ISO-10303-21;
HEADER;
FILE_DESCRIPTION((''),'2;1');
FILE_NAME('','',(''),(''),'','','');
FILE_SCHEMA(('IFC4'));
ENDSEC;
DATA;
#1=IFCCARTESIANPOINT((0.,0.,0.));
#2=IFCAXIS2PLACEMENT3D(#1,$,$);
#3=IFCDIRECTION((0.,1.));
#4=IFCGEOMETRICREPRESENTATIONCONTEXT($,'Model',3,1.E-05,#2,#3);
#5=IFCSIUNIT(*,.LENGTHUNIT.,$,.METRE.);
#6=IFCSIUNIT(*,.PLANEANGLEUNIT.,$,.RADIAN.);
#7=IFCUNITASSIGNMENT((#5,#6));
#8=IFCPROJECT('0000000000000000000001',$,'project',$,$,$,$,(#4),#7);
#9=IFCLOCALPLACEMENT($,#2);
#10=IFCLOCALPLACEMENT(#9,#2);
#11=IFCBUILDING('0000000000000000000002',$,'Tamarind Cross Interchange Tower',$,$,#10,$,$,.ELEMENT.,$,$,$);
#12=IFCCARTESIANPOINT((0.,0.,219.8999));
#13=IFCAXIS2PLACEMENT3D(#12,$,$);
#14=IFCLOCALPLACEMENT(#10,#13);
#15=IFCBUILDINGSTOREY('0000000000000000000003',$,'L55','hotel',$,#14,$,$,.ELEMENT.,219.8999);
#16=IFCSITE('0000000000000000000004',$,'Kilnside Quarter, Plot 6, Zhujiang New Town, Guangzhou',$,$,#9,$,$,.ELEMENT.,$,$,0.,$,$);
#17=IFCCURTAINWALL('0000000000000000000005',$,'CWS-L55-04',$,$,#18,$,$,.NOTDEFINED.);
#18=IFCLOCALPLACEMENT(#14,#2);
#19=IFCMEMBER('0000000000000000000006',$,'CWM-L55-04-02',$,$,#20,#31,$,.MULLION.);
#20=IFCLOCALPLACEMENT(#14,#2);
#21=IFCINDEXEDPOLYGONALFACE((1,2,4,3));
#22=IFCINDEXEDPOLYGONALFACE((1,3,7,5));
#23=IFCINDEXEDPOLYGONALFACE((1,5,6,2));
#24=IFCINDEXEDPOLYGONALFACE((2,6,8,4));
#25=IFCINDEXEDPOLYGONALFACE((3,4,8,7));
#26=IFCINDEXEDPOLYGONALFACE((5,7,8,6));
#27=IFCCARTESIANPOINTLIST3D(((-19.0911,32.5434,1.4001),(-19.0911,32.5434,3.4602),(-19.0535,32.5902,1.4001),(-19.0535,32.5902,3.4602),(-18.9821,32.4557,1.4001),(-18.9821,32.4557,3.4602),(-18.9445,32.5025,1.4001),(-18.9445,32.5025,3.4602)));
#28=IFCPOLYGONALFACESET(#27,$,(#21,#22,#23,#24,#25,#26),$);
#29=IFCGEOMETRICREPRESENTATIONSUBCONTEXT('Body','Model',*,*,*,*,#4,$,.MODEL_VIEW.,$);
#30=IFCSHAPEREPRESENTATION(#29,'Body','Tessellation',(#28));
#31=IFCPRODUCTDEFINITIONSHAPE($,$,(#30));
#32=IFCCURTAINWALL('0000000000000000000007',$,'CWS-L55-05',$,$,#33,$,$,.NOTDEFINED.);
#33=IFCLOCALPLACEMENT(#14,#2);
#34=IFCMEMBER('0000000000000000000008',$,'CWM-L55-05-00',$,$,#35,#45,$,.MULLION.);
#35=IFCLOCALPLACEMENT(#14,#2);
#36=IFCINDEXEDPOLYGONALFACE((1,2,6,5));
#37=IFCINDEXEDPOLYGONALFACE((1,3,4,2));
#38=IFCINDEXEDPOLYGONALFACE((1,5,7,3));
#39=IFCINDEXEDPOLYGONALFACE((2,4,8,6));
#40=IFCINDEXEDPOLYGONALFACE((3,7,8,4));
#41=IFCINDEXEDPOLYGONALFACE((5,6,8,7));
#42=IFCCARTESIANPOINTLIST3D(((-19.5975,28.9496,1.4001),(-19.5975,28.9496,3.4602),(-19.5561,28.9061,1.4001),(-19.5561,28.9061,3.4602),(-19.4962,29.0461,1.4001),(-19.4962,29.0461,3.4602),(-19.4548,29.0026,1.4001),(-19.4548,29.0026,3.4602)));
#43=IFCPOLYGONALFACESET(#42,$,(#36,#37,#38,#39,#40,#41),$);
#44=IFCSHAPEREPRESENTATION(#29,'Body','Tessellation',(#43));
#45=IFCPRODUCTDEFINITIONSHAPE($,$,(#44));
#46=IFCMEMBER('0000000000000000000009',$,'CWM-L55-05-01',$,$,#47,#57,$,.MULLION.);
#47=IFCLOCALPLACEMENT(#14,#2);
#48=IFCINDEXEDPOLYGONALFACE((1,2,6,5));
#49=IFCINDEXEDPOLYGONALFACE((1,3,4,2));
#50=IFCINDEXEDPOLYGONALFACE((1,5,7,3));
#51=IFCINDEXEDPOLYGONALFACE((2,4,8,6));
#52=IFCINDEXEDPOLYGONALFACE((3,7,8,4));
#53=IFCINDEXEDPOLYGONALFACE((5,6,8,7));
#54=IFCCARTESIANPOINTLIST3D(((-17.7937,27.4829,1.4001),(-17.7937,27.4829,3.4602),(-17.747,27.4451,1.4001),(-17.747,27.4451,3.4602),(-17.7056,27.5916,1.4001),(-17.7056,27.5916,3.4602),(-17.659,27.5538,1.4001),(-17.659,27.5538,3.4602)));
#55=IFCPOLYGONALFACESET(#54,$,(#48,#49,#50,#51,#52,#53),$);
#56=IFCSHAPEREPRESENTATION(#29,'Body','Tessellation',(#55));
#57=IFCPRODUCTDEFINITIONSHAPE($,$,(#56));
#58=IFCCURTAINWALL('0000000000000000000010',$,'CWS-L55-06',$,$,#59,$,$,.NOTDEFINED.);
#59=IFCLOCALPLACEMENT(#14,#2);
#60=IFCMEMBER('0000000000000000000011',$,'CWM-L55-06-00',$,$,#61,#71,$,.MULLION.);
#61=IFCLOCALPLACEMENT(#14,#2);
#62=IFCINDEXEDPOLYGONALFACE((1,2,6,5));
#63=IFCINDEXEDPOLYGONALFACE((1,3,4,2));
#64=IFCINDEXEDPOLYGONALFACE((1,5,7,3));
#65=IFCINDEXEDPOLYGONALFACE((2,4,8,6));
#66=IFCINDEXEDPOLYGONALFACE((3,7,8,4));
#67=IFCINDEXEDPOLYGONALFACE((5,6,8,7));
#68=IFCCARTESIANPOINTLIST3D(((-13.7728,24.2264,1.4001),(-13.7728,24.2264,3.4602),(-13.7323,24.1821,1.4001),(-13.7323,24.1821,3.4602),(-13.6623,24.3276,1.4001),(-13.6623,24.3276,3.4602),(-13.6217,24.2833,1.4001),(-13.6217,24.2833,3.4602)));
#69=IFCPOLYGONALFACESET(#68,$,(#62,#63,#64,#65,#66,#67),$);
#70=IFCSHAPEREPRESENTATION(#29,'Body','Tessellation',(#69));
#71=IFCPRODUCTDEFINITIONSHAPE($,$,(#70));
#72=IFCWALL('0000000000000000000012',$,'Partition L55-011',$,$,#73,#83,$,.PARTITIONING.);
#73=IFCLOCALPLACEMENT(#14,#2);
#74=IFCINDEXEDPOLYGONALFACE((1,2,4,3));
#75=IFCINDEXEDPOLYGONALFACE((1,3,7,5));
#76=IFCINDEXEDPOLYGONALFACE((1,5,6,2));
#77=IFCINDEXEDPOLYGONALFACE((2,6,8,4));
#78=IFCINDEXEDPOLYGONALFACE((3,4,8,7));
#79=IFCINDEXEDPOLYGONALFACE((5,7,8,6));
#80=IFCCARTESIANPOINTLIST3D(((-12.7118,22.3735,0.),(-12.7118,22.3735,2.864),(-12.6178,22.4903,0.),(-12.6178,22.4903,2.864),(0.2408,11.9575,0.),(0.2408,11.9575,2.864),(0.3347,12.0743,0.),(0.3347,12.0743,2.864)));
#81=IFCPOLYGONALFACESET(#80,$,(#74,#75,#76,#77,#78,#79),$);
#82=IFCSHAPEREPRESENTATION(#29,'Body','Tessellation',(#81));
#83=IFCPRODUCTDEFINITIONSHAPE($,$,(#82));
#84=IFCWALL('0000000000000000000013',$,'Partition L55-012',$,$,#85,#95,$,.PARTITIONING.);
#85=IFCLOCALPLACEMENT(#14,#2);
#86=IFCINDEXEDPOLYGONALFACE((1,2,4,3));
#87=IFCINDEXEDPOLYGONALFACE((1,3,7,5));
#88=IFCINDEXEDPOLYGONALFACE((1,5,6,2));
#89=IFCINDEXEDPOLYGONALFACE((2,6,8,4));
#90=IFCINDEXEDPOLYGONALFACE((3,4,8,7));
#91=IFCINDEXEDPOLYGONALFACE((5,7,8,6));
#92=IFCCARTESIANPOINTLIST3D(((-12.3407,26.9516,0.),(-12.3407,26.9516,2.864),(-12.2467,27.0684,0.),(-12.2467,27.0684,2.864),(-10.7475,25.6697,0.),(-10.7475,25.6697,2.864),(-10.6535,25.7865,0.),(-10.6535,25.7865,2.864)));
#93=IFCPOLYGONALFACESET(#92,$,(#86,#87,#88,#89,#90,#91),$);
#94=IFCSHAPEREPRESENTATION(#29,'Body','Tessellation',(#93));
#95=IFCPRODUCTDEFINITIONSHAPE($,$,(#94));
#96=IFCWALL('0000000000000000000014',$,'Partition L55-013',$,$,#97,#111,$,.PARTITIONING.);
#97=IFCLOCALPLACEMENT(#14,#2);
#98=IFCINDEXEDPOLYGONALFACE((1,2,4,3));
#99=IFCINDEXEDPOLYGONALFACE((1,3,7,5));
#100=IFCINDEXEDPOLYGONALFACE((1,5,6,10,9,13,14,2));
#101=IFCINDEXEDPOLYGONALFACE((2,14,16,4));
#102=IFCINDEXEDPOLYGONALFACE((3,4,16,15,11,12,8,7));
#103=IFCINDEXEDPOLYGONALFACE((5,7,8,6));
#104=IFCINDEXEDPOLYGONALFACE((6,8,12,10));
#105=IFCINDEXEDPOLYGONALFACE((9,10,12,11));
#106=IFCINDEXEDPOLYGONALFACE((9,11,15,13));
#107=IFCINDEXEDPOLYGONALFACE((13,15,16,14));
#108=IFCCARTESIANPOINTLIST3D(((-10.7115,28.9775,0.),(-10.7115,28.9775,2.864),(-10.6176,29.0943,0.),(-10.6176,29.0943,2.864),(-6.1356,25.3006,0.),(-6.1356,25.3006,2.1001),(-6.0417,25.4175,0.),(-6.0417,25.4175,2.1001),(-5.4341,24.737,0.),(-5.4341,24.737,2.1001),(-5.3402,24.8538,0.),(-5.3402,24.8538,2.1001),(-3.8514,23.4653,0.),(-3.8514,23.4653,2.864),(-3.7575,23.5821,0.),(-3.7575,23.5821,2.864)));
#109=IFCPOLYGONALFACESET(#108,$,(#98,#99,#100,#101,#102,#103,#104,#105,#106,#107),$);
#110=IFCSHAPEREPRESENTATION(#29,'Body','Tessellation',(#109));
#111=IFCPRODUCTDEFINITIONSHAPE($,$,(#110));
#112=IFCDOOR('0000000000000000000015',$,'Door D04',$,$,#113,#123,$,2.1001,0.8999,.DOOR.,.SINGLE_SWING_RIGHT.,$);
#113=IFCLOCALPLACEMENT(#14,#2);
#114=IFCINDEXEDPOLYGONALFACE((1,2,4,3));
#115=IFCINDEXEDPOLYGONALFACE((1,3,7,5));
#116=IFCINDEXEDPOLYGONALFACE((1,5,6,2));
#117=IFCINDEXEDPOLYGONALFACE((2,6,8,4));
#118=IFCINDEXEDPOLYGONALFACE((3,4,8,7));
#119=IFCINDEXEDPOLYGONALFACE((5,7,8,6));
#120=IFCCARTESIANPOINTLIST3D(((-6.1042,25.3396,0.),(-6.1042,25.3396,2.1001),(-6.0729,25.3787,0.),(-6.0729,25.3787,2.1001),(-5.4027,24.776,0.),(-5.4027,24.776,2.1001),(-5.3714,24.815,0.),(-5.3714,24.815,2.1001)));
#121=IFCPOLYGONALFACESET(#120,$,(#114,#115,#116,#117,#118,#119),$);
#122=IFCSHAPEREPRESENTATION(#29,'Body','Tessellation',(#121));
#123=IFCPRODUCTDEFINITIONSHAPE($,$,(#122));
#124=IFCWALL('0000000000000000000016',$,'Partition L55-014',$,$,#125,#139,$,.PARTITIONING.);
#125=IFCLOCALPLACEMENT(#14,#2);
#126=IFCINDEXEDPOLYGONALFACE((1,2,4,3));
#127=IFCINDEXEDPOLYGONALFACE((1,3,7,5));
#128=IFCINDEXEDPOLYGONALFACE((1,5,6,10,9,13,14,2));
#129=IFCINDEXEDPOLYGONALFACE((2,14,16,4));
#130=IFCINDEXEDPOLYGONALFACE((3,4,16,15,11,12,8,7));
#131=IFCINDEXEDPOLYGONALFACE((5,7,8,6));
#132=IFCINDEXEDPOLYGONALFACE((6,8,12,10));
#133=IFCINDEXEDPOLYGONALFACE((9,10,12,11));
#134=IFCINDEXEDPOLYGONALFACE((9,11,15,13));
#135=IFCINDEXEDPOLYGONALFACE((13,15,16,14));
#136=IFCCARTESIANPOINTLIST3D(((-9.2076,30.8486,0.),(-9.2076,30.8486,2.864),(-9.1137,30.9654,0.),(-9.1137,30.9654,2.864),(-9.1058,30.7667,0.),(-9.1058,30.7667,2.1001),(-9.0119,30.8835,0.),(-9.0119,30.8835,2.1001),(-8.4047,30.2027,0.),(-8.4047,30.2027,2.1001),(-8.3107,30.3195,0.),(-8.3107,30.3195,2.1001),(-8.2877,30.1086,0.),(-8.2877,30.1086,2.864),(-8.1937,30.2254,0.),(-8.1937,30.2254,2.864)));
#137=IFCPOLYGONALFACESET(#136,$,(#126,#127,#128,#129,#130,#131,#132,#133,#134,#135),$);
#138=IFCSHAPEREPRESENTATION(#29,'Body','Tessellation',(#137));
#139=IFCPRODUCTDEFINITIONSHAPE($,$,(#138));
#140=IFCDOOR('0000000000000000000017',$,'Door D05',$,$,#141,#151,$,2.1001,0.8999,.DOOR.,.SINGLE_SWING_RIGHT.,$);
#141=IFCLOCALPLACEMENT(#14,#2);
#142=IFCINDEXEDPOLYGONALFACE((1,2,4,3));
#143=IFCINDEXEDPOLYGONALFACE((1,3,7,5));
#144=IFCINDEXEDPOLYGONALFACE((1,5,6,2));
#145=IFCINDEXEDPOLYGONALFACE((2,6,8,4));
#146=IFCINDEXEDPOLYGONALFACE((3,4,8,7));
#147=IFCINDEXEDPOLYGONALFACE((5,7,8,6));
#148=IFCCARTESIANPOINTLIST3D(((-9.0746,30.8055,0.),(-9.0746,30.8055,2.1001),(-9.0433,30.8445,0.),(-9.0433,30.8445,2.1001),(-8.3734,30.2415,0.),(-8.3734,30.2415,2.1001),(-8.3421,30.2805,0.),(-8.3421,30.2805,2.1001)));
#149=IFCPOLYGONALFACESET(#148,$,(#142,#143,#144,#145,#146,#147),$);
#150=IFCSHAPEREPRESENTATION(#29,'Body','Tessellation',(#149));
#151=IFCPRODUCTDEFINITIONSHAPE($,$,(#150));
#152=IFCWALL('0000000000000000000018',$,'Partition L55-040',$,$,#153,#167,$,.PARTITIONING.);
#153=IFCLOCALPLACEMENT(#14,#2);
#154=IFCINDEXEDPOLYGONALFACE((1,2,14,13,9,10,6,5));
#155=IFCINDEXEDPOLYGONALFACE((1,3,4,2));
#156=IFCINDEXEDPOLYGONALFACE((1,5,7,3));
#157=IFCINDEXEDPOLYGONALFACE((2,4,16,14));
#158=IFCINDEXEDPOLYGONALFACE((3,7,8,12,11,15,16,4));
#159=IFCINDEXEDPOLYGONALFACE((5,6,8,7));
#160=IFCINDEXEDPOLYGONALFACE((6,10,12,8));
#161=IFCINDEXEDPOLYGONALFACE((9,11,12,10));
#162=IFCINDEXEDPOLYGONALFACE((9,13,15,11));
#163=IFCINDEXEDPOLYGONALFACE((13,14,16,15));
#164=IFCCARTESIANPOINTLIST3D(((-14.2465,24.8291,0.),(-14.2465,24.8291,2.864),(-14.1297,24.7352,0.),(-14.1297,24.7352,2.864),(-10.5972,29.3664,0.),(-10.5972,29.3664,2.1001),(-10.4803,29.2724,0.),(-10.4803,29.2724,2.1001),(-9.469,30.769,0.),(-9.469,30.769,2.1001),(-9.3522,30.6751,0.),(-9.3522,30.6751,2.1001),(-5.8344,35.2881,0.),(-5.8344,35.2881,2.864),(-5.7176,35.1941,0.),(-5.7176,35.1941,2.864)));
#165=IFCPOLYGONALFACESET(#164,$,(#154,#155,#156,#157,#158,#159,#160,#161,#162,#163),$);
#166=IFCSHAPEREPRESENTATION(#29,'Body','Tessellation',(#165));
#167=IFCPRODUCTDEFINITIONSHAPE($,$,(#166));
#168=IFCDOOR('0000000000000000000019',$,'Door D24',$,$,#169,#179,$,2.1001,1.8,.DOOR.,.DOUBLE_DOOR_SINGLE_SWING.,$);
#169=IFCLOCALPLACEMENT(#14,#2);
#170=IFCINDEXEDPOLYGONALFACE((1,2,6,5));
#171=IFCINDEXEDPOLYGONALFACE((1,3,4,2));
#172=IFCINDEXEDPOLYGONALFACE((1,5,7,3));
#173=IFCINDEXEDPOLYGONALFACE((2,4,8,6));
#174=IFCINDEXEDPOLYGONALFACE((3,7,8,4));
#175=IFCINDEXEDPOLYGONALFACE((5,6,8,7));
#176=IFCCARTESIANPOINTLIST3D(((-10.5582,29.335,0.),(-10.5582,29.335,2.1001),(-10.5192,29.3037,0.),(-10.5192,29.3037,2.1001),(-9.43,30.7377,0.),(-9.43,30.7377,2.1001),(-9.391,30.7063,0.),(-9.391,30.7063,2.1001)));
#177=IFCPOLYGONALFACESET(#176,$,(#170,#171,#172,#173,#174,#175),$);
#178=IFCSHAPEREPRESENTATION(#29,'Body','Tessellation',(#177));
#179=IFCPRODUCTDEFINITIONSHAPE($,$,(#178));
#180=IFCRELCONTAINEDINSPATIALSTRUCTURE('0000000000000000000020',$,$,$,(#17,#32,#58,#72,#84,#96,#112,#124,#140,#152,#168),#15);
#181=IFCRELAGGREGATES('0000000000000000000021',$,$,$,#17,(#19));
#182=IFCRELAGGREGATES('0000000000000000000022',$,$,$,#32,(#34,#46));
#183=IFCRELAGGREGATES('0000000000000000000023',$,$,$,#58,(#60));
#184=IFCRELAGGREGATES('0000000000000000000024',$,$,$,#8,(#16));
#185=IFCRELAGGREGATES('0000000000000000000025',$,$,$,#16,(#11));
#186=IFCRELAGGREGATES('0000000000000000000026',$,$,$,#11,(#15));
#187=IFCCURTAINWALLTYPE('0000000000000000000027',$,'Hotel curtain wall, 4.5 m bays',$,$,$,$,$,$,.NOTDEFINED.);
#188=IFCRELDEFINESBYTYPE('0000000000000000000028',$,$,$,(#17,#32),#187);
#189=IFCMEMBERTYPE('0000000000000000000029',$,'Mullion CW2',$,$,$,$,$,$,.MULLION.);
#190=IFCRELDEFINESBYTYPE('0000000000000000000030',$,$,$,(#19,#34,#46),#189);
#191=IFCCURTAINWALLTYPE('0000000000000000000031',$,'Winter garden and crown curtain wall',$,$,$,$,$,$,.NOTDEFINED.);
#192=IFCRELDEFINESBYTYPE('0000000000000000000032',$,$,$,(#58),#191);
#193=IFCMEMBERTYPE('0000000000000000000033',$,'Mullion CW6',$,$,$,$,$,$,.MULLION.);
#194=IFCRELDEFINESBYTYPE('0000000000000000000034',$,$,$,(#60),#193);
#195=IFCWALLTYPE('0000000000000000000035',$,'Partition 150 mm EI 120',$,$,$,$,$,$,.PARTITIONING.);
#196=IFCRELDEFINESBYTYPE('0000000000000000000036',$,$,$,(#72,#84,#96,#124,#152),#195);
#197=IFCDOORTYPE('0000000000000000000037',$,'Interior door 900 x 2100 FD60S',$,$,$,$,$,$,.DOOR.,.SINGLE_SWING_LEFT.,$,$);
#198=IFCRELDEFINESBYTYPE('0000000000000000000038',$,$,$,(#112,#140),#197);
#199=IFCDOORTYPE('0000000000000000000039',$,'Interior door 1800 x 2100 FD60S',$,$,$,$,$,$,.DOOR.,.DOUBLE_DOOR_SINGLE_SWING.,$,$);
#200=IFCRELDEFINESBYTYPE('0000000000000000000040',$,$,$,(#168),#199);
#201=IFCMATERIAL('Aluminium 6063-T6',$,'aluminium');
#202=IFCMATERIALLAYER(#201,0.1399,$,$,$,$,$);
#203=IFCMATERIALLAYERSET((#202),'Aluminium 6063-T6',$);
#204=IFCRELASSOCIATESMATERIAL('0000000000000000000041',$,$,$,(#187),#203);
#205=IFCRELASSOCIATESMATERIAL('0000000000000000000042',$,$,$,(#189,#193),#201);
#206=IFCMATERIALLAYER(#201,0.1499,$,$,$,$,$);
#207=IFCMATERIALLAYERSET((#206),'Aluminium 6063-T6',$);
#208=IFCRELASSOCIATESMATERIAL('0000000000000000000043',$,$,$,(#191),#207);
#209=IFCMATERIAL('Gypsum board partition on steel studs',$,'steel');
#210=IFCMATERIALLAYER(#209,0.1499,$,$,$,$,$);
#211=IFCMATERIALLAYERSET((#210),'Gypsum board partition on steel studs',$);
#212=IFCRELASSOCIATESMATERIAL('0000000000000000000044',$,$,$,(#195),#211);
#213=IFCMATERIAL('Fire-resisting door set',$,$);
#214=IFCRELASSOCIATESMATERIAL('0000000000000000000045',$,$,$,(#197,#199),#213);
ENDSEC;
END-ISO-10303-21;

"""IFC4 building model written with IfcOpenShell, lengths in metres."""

from ifc_helpers import new_model, si_unit, direction, frame, frame_2d, origin, origin_2d, place, context, subcontext, project, spatial, rectangle, extrude, material, layer, layer_set, material_profile, profile_set, type_object, element, fill, aggregate, save


model = new_model("IFC4")

# Units and contexts
model_context = context("Model", 3, precision=1e-05, world=origin(), true_north=direction((0.0, 1.0)))
body_context = subcontext(model_context, "Body", "Model", "MODEL_VIEW")
ifc_project = project(units=[si_unit("LENGTHUNIT", "METRE"), si_unit("PLANEANGLEUNIT", "RADIAN")], contexts=[model_context])

# Site, building, storey
site_placement = place(None, origin())
site = spatial("IfcSite", under=ifc_project, at=site_placement, Name="Kilnside Quarter, Plot 6, Zhujiang New Town, Guangzhou", CompositionType="ELEMENT", RefElevation=0.0)
building_placement = place(site_placement, origin())
building = spatial("IfcBuilding", under=site, at=building_placement, Name="Tamarind Cross Interchange Tower", CompositionType="ELEMENT")
storey_placement = place(building_placement, frame((0.0, 0.0, 219.8999)))
storey = spatial("IfcBuildingStorey", under=building, at=storey_placement, Name="L55", Description="hotel", CompositionType="ELEMENT", Elevation=219.8999)

# Curtain walls, members
ifc_material_1 = material(Name="Aluminium 6063-T6", Category="aluminium")
ifc_layer_1 = layer(ifc_material_1, 0.1399)
ifc_layer_set_1 = layer_set([ifc_layer_1], Name="Aluminium 6063-T6")
curtain_wall_type_1 = type_object("IfcCurtainWallType", Name="Hotel curtain wall, 4.5 m bays", PredefinedType="NOTDEFINED", material=ifc_layer_set_1)
ifc_material_profile_1 = material_profile(ifc_material_1, rectangle(XDim=0.0601, YDim=0.1399, at=origin_2d()), Name="Mullion CW2")
ifc_profile_set_1 = profile_set([ifc_material_profile_1], Name="Aluminium 6063-T6")
member_type_1 = type_object("IfcMemberType", Name="Mullion CW2", PredefinedType="MULLION", material=ifc_profile_set_1)
curtain_wall_1_placement = place(storey_placement, origin())
curtain_wall_1 = element("IfcCurtainWall", 1, at=curtain_wall_1_placement, inside=storey, type_object=curtain_wall_type_1, Name="CWS-L55-04", PredefinedType="NOTDEFINED")
member_1_placement = place(storey_placement, frame((-19.0178, 32.5229, 1.4001), z_axis=(0.0, 0.0, 1.0), x_axis=(-0.626669, -0.779285, 0.0)))
member_1 = element("IfcMember", 2, at=member_1_placement, type_object=member_type_1, Name="CWM-L55-04-02", PredefinedType="MULLION", context=body_context, shape_type="SweptSolid", body=[
    extrude(rectangle(XDim=0.0601, YDim=0.1399, at=origin_2d()), origin(), (0.0, 0.0, 1.0), 2.0601),
])
aggregate(curtain_wall_1, [member_1])
curtain_wall_2_placement = place(storey_placement, origin())
curtain_wall_2 = element("IfcCurtainWall", 3, at=curtain_wall_2_placement, inside=storey, type_object=curtain_wall_type_1, Name="CWS-L55-05", PredefinedType="NOTDEFINED")
member_2_placement = place(storey_placement, frame((-19.5261, 28.9761, 1.4001), z_axis=(0.0, 0.0, 1.0), x_axis=(0.689549, -0.724239, 0.0)))
member_2 = element("IfcMember", 4, at=member_2_placement, type_object=member_type_1, Name="CWM-L55-05-00", PredefinedType="MULLION", context=body_context, shape_type="SweptSolid", body=[
    extrude(rectangle(XDim=0.0601, YDim=0.1399, at=origin_2d()), origin(), (0.0, 0.0, 1.0), 2.0601),
])
member_3_placement = place(storey_placement, frame((-17.7263, 27.5183, 1.4001), z_axis=(0.0, 0.0, 1.0), x_axis=(0.777077, -0.629406, 0.0)))
member_3 = element("IfcMember", 5, at=member_3_placement, type_object=member_type_1, Name="CWM-L55-05-01", PredefinedType="MULLION", context=body_context, shape_type="SweptSolid", body=[
    extrude(rectangle(XDim=0.0601, YDim=0.1399, at=origin_2d()), origin(), (0.0, 0.0, 1.0), 2.0601),
])
aggregate(curtain_wall_2, [member_2, member_3])

# Curtain wall, member
ifc_layer_2 = layer(ifc_material_1, 0.1499)
ifc_layer_set_2 = layer_set([ifc_layer_2], Name="Aluminium 6063-T6")
curtain_wall_type_2 = type_object("IfcCurtainWallType", Name="Winter garden and crown curtain wall", PredefinedType="NOTDEFINED", material=ifc_layer_set_2)
curtain_wall_3_placement = place(storey_placement, origin())
curtain_wall_3 = element("IfcCurtainWall", 6, at=curtain_wall_3_placement, inside=storey, type_object=curtain_wall_type_2, Name="CWS-L55-06", PredefinedType="NOTDEFINED")
ifc_material_profile_2 = material_profile(ifc_material_1, rectangle(XDim=0.0601, YDim=0.1499, at=origin_2d()), Name="Mullion CW6")
ifc_profile_set_2 = profile_set([ifc_material_profile_2], Name="Aluminium 6063-T6")
member_type_2 = type_object("IfcMemberType", Name="Mullion CW6", PredefinedType="MULLION", material=ifc_profile_set_2)
member_4_placement = place(storey_placement, frame((-13.6973, 24.2549, 1.4001), z_axis=(0.0, 0.0, 1.0), x_axis=(0.675282, -0.737559, 0.0)))
member_4 = element("IfcMember", 7, at=member_4_placement, type_object=member_type_2, Name="CWM-L55-06-00", PredefinedType="MULLION", context=body_context, shape_type="SweptSolid", body=[
    extrude(rectangle(XDim=0.0601, YDim=0.1499, at=origin_2d()), origin(), (0.0, 0.0, 1.0), 2.0601),
])
aggregate(curtain_wall_3, [member_4])

# Walls
ifc_material_2 = material(Name="Gypsum board partition on steel studs", Category="steel")
ifc_layer_3 = layer(ifc_material_2, 0.1499)
ifc_layer_set_3 = layer_set([ifc_layer_3], Name="Gypsum board partition on steel studs")
wall_type = type_object("IfcWallType", Name="Partition 150 mm EI 120", PredefinedType="PARTITIONING", material=ifc_layer_set_3)
wall_1_placement = place(storey_placement, frame((-12.6648, 22.4319, 0.0), z_axis=(0.0, 0.0, 1.0), x_axis=(0.779284, -0.626671, 0.0)))
element("IfcWall", 8, at=wall_1_placement, inside=storey, type_object=wall_type, Name="Partition L55-011", PredefinedType="PARTITIONING", context=body_context, shape_type="SweptSolid", body=[
    extrude(rectangle(XDim=16.6211, YDim=0.1499, at=frame_2d((8.3105, 0.0))), origin(), (0.0, 0.0, 1.0), 2.864),
])
wall_2_placement = place(storey_placement, frame((-12.2937, 27.01, 0.0), z_axis=(0.0, 0.0, 1.0), x_axis=(0.779107, -0.626891, 0.0)))
element("IfcWall", 9, at=wall_2_placement, inside=storey, type_object=wall_type, Name="Partition L55-012", PredefinedType="PARTITIONING", context=body_context, shape_type="SweptSolid", body=[
    extrude(rectangle(XDim=2.0449, YDim=0.1499, at=frame_2d((1.0225, 0.0))), origin(), (0.0, 0.0, 1.0), 2.864),
])

# Walls, openings, doors
wall_3_placement = place(storey_placement, frame((-10.6646, 29.0359, 0.0), z_axis=(0.0, 0.0, 1.0), x_axis=(0.77953, -0.626365, 0.0)))
wall_3 = element("IfcWall", 10, at=wall_3_placement, inside=storey, type_object=wall_type, Name="Partition L55-013", PredefinedType="PARTITIONING", context=body_context, shape_type="SweptSolid", body=[
    extrude(rectangle(XDim=8.8003, YDim=0.1499, at=frame_2d((4.4001, 0.0))), origin(), (0.0, 0.0, 1.0), 2.864),
])
opening_1_placement = place(wall_3_placement, frame((5.8701, 0.0, 0.0)))
opening_1 = element("IfcOpeningElement", 11, at=opening_1_placement, cuts=wall_3, PredefinedType="OPENING", context=body_context, shape_type="SweptSolid", body=[
    extrude(rectangle(XDim=0.8999, YDim=2.1001, at=frame_2d((0.45, 1.05))), frame((0.0, 0.085, 0.0), z_axis=(0.0, -1.0, 0.0), x_axis=(1.0, 0.0, 0.0)), (0.0, 0.0, 1.0), 0.1699),
])
ifc_material_3 = material(Name="Fire-resisting door set")
door_type_1 = type_object("IfcDoorType", Name="Interior door 900 x 2100 FD60S", OperationType="SINGLE_SWING_LEFT", PredefinedType="DOOR", material=ifc_material_3)
door_1_placement = place(opening_1_placement, frame((0.8999, 0.0, 0.0), z_axis=(0.0, 0.0, 1.0), x_axis=(-1.0, 0.0, 0.0)))
door_1 = element("IfcDoor", 12, at=door_1_placement, inside=storey, type_object=door_type_1, Name="Door D04", OperationType="SINGLE_SWING_RIGHT", OverallHeight=2.1001, OverallWidth=0.8999, PredefinedType="DOOR", context=body_context, shape_type="SweptSolid", body=[
    extrude(rectangle(XDim=0.8999, YDim=2.1001, at=frame_2d((0.45, 1.05))), frame((0.0, 0.0249, 0.0), z_axis=(0.0, -1.0, 0.0), x_axis=(1.0, 0.0, 0.0)), (0.0, 0.0, 1.0), 0.05),
])
fill(opening_1, door_1)
wall_4_placement = place(storey_placement, frame((-9.1606, 30.907, 0.0), z_axis=(0.0, 0.0, 1.0), x_axis=(0.779191, -0.626786, 0.0)))
wall_4 = element("IfcWall", 13, at=wall_4_placement, inside=storey, type_object=wall_type, Name="Partition L55-014", PredefinedType="PARTITIONING", context=body_context, shape_type="SweptSolid", body=[
    extrude(rectangle(XDim=1.1807, YDim=0.1499, at=frame_2d((0.5903, 0.0))), origin(), (0.0, 0.0, 1.0), 2.864),
])
opening_2_placement = place(wall_4_placement, frame((0.1306, 0.0, 0.0)))
opening_2 = element("IfcOpeningElement", 14, at=opening_2_placement, cuts=wall_4, PredefinedType="OPENING", context=body_context, shape_type="SweptSolid", body=[
    extrude(rectangle(XDim=0.8999, YDim=2.1001, at=frame_2d((0.45, 1.05))), frame((0.0, 0.085, 0.0), z_axis=(0.0, -1.0, 0.0), x_axis=(1.0, 0.0, 0.0)), (0.0, 0.0, 1.0), 0.1699),
])
door_2_placement = place(opening_2_placement, origin())
door_2 = element("IfcDoor", 15, at=door_2_placement, inside=storey, type_object=door_type_1, Name="Door D05", OperationType="SINGLE_SWING_RIGHT", OverallHeight=2.1001, OverallWidth=0.8999, PredefinedType="DOOR", context=body_context, shape_type="SweptSolid", body=[
    extrude(rectangle(XDim=0.8999, YDim=2.1001, at=frame_2d((0.45, 1.05))), frame((0.0, 0.0249, 0.0), z_axis=(0.0, -1.0, 0.0), x_axis=(1.0, 0.0, 0.0)), (0.0, 0.0, 1.0), 0.05),
])
fill(opening_2, door_2)
wall_5_placement = place(storey_placement, frame((-14.188, 24.7822, 0.0), z_axis=(0.0, 0.0, 1.0), x_axis=(0.626734, 0.779234, 0.0)))
wall_5 = element("IfcWall", 16, at=wall_5_placement, inside=storey, type_object=wall_type, Name="Partition L55-040", PredefinedType="PARTITIONING", context=body_context, shape_type="SweptSolid", body=[
    extrude(rectangle(XDim=13.4221, YDim=0.1499, at=frame_2d((6.7109, 0.0))), origin(), (0.0, 0.0, 1.0), 2.864),
])
opening_3_placement = place(wall_5_placement, frame((5.8228, 0.0, 0.0)))
opening_3 = element("IfcOpeningElement", 17, at=opening_3_placement, cuts=wall_5, PredefinedType="OPENING", context=body_context, shape_type="SweptSolid", body=[
    extrude(rectangle(XDim=1.8, YDim=2.1001, at=frame_2d((0.8999, 1.05))), frame((0.0, 0.085, 0.0), z_axis=(0.0, -1.0, 0.0), x_axis=(1.0, 0.0, 0.0)), (0.0, 0.0, 1.0), 0.1699),
])
door_type_2 = type_object("IfcDoorType", Name="Interior door 1800 x 2100 FD60S", OperationType="DOUBLE_DOOR_SINGLE_SWING", PredefinedType="DOOR", material=ifc_material_3)
door_3_placement = place(opening_3_placement, origin())
door_3 = element("IfcDoor", 18, at=door_3_placement, inside=storey, type_object=door_type_2, Name="Door D24", OperationType="DOUBLE_DOOR_SINGLE_SWING", OverallHeight=2.1001, OverallWidth=1.8, PredefinedType="DOOR", context=body_context, shape_type="SweptSolid", body=[
    extrude(rectangle(XDim=1.8, YDim=2.1001, at=frame_2d((0.8999, 1.05))), frame((0.0, 0.0249, 0.0), z_axis=(0.0, -1.0, 0.0), x_axis=(1.0, 0.0, 0.0)), (0.0, 0.0, 1.0), 0.05),
])
fill(opening_3, door_3)

save(model, "model.ifc")
